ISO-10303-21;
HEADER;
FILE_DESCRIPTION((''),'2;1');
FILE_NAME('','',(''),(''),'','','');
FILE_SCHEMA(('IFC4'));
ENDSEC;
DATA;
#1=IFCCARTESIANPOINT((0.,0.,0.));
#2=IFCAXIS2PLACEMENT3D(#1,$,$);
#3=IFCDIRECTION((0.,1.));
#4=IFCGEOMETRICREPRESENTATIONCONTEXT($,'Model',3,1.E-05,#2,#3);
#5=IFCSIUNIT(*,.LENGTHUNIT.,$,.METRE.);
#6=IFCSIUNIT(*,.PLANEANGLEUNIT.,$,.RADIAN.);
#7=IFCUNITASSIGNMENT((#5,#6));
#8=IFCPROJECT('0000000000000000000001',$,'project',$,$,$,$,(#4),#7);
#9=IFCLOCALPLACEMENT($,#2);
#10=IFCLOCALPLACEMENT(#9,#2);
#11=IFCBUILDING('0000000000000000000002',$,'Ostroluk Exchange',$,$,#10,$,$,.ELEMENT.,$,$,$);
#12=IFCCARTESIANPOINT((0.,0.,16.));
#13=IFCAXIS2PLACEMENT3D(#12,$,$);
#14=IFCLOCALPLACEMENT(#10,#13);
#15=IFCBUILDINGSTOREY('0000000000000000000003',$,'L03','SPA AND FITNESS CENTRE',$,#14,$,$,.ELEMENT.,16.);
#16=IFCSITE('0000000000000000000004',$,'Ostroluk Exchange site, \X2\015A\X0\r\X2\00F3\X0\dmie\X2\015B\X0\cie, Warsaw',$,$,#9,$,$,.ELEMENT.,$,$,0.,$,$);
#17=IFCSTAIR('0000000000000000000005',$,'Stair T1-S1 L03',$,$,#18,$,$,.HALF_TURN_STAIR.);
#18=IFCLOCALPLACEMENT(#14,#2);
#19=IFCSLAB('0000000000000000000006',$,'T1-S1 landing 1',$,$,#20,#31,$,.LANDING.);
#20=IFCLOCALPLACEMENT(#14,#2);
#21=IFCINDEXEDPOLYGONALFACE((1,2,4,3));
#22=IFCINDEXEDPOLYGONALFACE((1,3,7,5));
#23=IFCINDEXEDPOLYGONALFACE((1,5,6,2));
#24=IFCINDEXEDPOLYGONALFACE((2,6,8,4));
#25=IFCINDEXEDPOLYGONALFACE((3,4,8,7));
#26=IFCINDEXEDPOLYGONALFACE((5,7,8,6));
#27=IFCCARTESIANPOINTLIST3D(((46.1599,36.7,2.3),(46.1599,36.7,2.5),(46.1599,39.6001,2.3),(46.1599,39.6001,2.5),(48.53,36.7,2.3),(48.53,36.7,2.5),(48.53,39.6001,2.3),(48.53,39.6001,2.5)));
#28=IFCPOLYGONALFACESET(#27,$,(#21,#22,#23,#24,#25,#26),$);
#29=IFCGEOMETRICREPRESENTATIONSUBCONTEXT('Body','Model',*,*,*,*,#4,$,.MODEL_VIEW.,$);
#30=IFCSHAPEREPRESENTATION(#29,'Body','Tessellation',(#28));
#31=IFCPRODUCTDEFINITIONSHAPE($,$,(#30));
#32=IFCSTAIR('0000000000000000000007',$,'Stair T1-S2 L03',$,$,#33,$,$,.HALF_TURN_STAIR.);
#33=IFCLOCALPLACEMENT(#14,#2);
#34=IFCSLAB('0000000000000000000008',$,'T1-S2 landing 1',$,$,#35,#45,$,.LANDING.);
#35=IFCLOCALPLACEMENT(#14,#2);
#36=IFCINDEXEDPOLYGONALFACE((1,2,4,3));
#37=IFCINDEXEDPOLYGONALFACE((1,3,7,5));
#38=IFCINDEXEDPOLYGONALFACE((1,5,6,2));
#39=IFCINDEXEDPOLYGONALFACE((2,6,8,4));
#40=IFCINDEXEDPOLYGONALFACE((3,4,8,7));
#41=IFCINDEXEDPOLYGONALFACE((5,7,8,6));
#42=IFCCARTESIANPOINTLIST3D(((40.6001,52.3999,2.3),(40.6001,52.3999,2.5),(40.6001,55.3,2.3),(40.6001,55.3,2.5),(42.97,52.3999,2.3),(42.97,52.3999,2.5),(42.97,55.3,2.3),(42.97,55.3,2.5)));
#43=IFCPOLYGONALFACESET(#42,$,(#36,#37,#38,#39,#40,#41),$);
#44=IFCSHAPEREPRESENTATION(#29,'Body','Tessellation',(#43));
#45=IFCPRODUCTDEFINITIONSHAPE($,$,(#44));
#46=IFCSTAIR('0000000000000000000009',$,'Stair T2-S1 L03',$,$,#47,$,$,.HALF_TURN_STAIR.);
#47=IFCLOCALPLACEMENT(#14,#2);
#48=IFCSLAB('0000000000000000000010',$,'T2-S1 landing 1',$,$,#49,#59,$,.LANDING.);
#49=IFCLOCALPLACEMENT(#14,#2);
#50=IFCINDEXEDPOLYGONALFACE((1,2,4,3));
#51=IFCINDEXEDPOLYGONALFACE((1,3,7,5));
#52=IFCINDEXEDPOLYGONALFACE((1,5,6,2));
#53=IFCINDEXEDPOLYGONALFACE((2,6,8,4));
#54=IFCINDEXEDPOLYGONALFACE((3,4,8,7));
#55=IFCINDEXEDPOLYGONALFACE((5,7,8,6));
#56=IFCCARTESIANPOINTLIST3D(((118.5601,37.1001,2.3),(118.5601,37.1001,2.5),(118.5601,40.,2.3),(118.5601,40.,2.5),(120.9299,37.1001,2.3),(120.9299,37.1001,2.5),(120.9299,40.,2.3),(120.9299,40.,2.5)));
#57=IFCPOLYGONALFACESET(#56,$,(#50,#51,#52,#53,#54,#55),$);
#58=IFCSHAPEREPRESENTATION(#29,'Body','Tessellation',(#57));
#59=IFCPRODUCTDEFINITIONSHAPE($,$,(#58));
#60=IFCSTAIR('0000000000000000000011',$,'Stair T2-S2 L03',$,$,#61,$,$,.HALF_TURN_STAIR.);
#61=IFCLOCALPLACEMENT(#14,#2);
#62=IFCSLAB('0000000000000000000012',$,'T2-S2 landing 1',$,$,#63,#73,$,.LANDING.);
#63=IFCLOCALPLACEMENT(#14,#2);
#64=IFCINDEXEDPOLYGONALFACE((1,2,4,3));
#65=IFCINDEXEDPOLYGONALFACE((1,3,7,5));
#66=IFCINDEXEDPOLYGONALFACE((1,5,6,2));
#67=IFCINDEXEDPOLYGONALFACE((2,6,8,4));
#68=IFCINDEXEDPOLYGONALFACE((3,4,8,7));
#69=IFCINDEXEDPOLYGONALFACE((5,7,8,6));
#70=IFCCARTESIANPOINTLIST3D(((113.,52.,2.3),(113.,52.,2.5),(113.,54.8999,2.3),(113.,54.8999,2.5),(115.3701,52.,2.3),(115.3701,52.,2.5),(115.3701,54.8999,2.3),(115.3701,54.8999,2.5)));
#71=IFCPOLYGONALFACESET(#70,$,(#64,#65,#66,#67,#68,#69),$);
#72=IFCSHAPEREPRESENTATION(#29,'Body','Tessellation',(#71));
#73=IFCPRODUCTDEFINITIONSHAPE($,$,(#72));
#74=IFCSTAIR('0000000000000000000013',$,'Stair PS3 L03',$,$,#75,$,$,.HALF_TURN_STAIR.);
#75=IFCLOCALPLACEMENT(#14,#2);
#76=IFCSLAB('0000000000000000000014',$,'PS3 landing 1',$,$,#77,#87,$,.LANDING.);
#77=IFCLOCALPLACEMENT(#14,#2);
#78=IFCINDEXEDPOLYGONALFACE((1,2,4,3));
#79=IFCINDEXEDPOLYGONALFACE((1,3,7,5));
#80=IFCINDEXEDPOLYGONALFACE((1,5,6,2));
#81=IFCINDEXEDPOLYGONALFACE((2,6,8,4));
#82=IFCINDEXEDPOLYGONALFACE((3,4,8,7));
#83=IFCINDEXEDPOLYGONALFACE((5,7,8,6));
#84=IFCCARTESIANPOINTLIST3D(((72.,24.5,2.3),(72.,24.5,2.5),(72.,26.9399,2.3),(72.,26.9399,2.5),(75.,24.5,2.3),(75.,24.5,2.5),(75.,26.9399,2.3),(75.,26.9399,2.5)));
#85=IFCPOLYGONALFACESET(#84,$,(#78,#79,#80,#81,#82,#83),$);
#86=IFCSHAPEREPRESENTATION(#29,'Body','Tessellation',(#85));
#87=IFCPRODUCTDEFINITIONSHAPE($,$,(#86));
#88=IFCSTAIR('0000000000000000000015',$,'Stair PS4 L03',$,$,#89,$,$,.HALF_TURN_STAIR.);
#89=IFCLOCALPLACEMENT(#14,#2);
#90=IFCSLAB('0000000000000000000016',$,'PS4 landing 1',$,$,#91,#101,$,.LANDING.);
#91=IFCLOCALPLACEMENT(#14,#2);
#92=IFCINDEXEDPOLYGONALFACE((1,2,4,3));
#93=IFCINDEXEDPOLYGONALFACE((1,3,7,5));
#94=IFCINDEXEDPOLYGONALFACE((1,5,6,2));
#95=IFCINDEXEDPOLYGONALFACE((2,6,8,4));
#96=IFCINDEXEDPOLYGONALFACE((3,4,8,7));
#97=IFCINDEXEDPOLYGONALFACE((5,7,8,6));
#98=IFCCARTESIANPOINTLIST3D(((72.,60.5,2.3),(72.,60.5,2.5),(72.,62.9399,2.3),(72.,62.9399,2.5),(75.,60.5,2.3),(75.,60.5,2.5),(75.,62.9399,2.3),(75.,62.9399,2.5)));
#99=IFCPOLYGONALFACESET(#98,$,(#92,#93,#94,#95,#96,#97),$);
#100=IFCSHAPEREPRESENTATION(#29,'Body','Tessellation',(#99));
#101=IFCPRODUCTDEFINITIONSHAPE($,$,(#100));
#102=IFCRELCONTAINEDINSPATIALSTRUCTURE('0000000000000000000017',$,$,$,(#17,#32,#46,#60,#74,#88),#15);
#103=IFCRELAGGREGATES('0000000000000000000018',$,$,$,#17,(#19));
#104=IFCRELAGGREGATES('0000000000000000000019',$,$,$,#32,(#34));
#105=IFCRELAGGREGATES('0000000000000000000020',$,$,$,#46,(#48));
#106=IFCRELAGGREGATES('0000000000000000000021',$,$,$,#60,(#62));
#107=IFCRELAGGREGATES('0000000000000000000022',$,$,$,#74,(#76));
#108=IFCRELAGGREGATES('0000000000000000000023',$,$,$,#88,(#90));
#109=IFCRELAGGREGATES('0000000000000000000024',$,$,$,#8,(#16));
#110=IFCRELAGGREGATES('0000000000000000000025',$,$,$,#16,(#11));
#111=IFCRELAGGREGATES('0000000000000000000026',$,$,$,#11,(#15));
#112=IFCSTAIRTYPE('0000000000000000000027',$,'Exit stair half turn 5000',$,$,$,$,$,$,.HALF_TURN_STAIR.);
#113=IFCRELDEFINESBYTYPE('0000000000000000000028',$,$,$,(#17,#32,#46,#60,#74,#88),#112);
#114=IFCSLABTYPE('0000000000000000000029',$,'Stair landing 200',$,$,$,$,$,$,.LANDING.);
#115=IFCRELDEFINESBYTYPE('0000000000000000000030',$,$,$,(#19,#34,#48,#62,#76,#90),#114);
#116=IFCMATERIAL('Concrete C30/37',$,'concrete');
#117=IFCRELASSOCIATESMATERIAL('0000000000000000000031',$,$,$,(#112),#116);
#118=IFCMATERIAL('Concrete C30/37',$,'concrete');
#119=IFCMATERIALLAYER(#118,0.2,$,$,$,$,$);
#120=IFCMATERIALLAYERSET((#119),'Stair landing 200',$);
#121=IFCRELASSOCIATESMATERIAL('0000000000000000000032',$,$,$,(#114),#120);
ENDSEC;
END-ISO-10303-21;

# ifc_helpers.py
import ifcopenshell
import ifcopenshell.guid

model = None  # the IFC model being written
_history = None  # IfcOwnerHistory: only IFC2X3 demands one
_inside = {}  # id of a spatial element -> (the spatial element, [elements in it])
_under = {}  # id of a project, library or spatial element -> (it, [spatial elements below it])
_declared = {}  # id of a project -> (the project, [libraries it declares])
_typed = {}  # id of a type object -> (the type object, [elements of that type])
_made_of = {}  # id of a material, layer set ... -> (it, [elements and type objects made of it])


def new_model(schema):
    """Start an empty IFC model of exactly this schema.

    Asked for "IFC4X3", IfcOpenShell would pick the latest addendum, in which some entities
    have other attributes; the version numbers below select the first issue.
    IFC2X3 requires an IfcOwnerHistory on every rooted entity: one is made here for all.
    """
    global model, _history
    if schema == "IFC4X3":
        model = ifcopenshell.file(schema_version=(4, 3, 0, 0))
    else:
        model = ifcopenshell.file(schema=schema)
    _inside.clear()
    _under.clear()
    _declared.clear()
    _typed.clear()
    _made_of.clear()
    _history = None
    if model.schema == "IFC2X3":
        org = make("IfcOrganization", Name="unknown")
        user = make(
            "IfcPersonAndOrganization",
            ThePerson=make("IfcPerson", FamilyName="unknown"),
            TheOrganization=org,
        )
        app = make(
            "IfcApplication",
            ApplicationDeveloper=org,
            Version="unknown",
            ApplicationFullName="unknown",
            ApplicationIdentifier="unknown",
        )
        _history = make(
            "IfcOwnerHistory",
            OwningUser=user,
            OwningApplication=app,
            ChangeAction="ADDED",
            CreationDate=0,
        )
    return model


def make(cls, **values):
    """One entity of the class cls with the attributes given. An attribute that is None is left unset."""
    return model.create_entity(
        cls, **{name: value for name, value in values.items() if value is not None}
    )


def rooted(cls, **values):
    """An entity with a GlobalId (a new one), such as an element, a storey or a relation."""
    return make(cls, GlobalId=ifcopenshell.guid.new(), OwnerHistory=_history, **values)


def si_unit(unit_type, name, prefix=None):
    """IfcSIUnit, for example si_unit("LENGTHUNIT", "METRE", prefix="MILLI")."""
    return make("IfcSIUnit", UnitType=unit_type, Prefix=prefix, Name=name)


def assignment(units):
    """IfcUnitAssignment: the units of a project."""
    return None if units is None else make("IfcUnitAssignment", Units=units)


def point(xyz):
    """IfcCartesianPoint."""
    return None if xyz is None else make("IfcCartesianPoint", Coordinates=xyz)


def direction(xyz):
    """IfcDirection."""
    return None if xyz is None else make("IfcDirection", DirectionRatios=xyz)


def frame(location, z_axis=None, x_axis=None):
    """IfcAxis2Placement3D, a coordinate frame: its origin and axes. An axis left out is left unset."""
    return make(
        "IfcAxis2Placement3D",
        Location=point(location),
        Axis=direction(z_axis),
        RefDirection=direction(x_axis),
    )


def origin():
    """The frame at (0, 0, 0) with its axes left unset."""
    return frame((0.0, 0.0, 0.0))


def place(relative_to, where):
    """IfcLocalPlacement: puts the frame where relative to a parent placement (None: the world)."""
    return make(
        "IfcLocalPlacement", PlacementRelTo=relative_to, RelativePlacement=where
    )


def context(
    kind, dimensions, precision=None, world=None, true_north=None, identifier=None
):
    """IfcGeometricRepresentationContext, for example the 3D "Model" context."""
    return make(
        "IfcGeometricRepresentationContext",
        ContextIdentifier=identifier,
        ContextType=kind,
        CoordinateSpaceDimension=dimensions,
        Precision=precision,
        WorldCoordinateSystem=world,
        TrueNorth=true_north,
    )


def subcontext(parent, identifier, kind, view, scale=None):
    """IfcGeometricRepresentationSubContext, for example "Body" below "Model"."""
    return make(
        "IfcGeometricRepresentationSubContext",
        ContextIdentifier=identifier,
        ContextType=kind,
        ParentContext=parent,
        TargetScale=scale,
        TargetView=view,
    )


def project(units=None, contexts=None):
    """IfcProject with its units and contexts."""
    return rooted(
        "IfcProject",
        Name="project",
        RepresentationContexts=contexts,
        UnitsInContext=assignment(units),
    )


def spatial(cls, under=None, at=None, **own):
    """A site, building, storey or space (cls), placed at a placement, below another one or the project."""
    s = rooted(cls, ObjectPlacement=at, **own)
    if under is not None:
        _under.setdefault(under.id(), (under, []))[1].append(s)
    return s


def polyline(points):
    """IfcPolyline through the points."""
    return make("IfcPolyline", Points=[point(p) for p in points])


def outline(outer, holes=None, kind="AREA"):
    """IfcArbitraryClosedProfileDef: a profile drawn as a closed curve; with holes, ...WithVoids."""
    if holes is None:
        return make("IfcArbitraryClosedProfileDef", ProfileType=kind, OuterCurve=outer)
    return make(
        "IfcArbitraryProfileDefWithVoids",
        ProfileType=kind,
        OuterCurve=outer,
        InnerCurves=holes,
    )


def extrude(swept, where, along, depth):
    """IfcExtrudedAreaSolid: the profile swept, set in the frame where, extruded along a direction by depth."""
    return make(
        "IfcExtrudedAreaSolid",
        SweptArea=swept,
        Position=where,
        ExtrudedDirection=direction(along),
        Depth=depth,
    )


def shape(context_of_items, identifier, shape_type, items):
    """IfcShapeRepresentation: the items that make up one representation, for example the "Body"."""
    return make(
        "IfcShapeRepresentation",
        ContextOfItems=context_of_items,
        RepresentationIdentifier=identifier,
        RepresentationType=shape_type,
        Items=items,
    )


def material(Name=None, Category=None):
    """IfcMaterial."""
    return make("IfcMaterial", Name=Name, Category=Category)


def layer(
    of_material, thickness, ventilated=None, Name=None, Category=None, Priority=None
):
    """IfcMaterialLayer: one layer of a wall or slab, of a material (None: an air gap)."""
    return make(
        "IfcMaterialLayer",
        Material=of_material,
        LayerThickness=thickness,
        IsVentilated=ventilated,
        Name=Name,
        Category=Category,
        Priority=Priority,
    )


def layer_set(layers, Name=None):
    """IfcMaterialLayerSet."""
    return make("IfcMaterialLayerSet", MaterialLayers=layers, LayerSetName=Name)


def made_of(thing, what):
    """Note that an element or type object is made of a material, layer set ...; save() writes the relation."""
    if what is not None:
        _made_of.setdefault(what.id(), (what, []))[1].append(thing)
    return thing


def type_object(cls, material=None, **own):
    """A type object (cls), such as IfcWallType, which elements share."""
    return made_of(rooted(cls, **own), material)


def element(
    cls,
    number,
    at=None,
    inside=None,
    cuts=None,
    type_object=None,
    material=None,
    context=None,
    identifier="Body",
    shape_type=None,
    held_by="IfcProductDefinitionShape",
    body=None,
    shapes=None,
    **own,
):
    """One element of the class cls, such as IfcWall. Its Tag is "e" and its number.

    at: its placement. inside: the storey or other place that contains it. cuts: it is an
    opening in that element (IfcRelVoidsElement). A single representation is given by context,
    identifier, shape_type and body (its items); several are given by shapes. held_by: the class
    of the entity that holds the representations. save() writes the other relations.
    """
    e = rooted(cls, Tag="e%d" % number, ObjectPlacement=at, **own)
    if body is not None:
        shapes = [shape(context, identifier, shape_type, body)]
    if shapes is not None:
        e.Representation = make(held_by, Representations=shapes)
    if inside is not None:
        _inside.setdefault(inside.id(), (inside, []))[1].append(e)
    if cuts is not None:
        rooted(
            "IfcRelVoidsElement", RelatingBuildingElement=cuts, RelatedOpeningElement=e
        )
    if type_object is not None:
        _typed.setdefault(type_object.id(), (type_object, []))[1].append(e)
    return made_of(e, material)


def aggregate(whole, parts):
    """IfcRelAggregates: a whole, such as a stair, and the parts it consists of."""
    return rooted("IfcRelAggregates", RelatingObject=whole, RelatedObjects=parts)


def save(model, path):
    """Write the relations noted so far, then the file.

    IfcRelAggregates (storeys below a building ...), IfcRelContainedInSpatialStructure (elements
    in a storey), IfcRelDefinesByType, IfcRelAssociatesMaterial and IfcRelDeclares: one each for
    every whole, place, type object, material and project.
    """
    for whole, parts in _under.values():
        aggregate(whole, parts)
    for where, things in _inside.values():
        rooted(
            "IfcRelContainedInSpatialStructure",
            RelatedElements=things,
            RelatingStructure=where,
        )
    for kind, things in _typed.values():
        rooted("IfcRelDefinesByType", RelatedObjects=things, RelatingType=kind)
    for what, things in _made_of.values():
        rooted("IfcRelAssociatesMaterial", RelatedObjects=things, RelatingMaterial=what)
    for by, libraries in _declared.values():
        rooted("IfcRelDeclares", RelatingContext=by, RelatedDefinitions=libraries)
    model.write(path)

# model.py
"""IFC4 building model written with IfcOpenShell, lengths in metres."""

from ifc_helpers import new_model, si_unit, direction, frame, origin, place, context, subcontext, project, spatial, polyline, outline, extrude, material, layer, layer_set, type_object, element, aggregate, save


model = new_model("IFC4")

# Units and contexts
model_context = context("Model", 3, precision=1e-05, world=origin(), true_north=direction((0.0, 1.0)))
body_context = subcontext(model_context, "Body", "Model", "MODEL_VIEW")
ifc_project = project(units=[si_unit("LENGTHUNIT", "METRE"), si_unit("PLANEANGLEUNIT", "RADIAN")], contexts=[model_context])

# Site, building, storey
site_placement = place(None, origin())
site = spatial("IfcSite", under=ifc_project, at=site_placement, Name="Ostroluk Exchange site, Śródmieście, Warsaw", CompositionType="ELEMENT", RefElevation=0.0)
building_placement = place(site_placement, origin())
building = spatial("IfcBuilding", under=site, at=building_placement, Name="Ostroluk Exchange", CompositionType="ELEMENT")
storey_placement = place(building_placement, frame((0.0, 0.0, 16.0)))
storey = spatial("IfcBuildingStorey", under=building, at=storey_placement, Name="L03", Description="SPA AND FITNESS CENTRE", CompositionType="ELEMENT", Elevation=16.0)

# Stairs, slabs
ifc_material_1 = material(Name="Concrete C30/37", Category="concrete")
stair_type = type_object("IfcStairType", Name="Exit stair half turn 5000", PredefinedType="HALF_TURN_STAIR", material=ifc_material_1)
stair_1_placement = place(storey_placement, origin())
stair_1 = element("IfcStair", 1, at=stair_1_placement, inside=storey, type_object=stair_type, Name="Stair T1-S1 L03", PredefinedType="HALF_TURN_STAIR")
ifc_material_2 = material(Name="Concrete C30/37", Category="concrete")
ifc_layer = layer(ifc_material_2, 0.2)
ifc_layer_set = layer_set([ifc_layer], Name="Stair landing 200")
slab_type = type_object("IfcSlabType", Name="Stair landing 200", PredefinedType="LANDING", material=ifc_layer_set)
slab_1_placement = place(storey_placement, frame((0.0, 0.0, 2.3)))
slab_1 = element("IfcSlab", 2, at=slab_1_placement, type_object=slab_type, Name="T1-S1 landing 1", PredefinedType="LANDING", context=body_context, shape_type="SweptSolid", body=[
    extrude(outline(polyline([(46.1599, 36.7), (46.1599, 39.6001), (48.53, 39.6001), (48.53, 36.7), (46.1599, 36.7)])), origin(), (0.0, 0.0, 1.0), 0.2),
])
aggregate(stair_1, [slab_1])
stair_2_placement = place(storey_placement, origin())
stair_2 = element("IfcStair", 3, at=stair_2_placement, inside=storey, type_object=stair_type, Name="Stair T1-S2 L03", PredefinedType="HALF_TURN_STAIR")
slab_2_placement = place(storey_placement, frame((0.0, 0.0, 2.3)))
slab_2 = element("IfcSlab", 4, at=slab_2_placement, type_object=slab_type, Name="T1-S2 landing 1", PredefinedType="LANDING", context=body_context, shape_type="SweptSolid", body=[
    extrude(outline(polyline([(42.97, 52.3999), (42.97, 55.3), (40.6001, 55.3), (40.6001, 52.3999), (42.97, 52.3999)])), origin(), (0.0, 0.0, 1.0), 0.2),
])
aggregate(stair_2, [slab_2])
stair_3_placement = place(storey_placement, origin())
stair_3 = element("IfcStair", 5, at=stair_3_placement, inside=storey, type_object=stair_type, Name="Stair T2-S1 L03", PredefinedType="HALF_TURN_STAIR")
slab_3_placement = place(storey_placement, frame((0.0, 0.0, 2.3)))
slab_3 = element("IfcSlab", 6, at=slab_3_placement, type_object=slab_type, Name="T2-S1 landing 1", PredefinedType="LANDING", context=body_context, shape_type="SweptSolid", body=[
    extrude(outline(polyline([(118.5601, 37.1001), (118.5601, 40.0), (120.9299, 40.0), (120.9299, 37.1001), (118.5601, 37.1001)])), origin(), (0.0, 0.0, 1.0), 0.2),
])
aggregate(stair_3, [slab_3])
stair_4_placement = place(storey_placement, origin())
stair_4 = element("IfcStair", 7, at=stair_4_placement, inside=storey, type_object=stair_type, Name="Stair T2-S2 L03", PredefinedType="HALF_TURN_STAIR")
slab_4_placement = place(storey_placement, frame((0.0, 0.0, 2.3)))
slab_4 = element("IfcSlab", 8, at=slab_4_placement, type_object=slab_type, Name="T2-S2 landing 1", PredefinedType="LANDING", context=body_context, shape_type="SweptSolid", body=[
    extrude(outline(polyline([(115.3701, 52.0), (115.3701, 54.8999), (113.0, 54.8999), (113.0, 52.0), (115.3701, 52.0)])), origin(), (0.0, 0.0, 1.0), 0.2),
])
aggregate(stair_4, [slab_4])
stair_5_placement = place(storey_placement, origin())
stair_5 = element("IfcStair", 9, at=stair_5_placement, inside=storey, type_object=stair_type, Name="Stair PS3 L03", PredefinedType="HALF_TURN_STAIR")
slab_5_placement = place(storey_placement, frame((0.0, 0.0, 2.3)))
slab_5 = element("IfcSlab", 10, at=slab_5_placement, type_object=slab_type, Name="PS3 landing 1", PredefinedType="LANDING", context=body_context, shape_type="SweptSolid", body=[
    extrude(outline(polyline([(72.0, 26.9399), (75.0, 26.9399), (75.0, 24.5), (72.0, 24.5), (72.0, 26.9399)])), origin(), (0.0, 0.0, 1.0), 0.2),
])
aggregate(stair_5, [slab_5])
stair_6_placement = place(storey_placement, origin())
stair_6 = element("IfcStair", 11, at=stair_6_placement, inside=storey, type_object=stair_type, Name="Stair PS4 L03", PredefinedType="HALF_TURN_STAIR")
slab_6_placement = place(storey_placement, frame((0.0, 0.0, 2.3)))
slab_6 = element("IfcSlab", 12, at=slab_6_placement, type_object=slab_type, Name="PS4 landing 1", PredefinedType="LANDING", context=body_context, shape_type="SweptSolid", body=[
    extrude(outline(polyline([(72.0, 62.9399), (75.0, 62.9399), (75.0, 60.5), (72.0, 60.5), (72.0, 62.9399)])), origin(), (0.0, 0.0, 1.0), 0.2),
])
aggregate(stair_6, [slab_6])

save(model, "model.ifc")
